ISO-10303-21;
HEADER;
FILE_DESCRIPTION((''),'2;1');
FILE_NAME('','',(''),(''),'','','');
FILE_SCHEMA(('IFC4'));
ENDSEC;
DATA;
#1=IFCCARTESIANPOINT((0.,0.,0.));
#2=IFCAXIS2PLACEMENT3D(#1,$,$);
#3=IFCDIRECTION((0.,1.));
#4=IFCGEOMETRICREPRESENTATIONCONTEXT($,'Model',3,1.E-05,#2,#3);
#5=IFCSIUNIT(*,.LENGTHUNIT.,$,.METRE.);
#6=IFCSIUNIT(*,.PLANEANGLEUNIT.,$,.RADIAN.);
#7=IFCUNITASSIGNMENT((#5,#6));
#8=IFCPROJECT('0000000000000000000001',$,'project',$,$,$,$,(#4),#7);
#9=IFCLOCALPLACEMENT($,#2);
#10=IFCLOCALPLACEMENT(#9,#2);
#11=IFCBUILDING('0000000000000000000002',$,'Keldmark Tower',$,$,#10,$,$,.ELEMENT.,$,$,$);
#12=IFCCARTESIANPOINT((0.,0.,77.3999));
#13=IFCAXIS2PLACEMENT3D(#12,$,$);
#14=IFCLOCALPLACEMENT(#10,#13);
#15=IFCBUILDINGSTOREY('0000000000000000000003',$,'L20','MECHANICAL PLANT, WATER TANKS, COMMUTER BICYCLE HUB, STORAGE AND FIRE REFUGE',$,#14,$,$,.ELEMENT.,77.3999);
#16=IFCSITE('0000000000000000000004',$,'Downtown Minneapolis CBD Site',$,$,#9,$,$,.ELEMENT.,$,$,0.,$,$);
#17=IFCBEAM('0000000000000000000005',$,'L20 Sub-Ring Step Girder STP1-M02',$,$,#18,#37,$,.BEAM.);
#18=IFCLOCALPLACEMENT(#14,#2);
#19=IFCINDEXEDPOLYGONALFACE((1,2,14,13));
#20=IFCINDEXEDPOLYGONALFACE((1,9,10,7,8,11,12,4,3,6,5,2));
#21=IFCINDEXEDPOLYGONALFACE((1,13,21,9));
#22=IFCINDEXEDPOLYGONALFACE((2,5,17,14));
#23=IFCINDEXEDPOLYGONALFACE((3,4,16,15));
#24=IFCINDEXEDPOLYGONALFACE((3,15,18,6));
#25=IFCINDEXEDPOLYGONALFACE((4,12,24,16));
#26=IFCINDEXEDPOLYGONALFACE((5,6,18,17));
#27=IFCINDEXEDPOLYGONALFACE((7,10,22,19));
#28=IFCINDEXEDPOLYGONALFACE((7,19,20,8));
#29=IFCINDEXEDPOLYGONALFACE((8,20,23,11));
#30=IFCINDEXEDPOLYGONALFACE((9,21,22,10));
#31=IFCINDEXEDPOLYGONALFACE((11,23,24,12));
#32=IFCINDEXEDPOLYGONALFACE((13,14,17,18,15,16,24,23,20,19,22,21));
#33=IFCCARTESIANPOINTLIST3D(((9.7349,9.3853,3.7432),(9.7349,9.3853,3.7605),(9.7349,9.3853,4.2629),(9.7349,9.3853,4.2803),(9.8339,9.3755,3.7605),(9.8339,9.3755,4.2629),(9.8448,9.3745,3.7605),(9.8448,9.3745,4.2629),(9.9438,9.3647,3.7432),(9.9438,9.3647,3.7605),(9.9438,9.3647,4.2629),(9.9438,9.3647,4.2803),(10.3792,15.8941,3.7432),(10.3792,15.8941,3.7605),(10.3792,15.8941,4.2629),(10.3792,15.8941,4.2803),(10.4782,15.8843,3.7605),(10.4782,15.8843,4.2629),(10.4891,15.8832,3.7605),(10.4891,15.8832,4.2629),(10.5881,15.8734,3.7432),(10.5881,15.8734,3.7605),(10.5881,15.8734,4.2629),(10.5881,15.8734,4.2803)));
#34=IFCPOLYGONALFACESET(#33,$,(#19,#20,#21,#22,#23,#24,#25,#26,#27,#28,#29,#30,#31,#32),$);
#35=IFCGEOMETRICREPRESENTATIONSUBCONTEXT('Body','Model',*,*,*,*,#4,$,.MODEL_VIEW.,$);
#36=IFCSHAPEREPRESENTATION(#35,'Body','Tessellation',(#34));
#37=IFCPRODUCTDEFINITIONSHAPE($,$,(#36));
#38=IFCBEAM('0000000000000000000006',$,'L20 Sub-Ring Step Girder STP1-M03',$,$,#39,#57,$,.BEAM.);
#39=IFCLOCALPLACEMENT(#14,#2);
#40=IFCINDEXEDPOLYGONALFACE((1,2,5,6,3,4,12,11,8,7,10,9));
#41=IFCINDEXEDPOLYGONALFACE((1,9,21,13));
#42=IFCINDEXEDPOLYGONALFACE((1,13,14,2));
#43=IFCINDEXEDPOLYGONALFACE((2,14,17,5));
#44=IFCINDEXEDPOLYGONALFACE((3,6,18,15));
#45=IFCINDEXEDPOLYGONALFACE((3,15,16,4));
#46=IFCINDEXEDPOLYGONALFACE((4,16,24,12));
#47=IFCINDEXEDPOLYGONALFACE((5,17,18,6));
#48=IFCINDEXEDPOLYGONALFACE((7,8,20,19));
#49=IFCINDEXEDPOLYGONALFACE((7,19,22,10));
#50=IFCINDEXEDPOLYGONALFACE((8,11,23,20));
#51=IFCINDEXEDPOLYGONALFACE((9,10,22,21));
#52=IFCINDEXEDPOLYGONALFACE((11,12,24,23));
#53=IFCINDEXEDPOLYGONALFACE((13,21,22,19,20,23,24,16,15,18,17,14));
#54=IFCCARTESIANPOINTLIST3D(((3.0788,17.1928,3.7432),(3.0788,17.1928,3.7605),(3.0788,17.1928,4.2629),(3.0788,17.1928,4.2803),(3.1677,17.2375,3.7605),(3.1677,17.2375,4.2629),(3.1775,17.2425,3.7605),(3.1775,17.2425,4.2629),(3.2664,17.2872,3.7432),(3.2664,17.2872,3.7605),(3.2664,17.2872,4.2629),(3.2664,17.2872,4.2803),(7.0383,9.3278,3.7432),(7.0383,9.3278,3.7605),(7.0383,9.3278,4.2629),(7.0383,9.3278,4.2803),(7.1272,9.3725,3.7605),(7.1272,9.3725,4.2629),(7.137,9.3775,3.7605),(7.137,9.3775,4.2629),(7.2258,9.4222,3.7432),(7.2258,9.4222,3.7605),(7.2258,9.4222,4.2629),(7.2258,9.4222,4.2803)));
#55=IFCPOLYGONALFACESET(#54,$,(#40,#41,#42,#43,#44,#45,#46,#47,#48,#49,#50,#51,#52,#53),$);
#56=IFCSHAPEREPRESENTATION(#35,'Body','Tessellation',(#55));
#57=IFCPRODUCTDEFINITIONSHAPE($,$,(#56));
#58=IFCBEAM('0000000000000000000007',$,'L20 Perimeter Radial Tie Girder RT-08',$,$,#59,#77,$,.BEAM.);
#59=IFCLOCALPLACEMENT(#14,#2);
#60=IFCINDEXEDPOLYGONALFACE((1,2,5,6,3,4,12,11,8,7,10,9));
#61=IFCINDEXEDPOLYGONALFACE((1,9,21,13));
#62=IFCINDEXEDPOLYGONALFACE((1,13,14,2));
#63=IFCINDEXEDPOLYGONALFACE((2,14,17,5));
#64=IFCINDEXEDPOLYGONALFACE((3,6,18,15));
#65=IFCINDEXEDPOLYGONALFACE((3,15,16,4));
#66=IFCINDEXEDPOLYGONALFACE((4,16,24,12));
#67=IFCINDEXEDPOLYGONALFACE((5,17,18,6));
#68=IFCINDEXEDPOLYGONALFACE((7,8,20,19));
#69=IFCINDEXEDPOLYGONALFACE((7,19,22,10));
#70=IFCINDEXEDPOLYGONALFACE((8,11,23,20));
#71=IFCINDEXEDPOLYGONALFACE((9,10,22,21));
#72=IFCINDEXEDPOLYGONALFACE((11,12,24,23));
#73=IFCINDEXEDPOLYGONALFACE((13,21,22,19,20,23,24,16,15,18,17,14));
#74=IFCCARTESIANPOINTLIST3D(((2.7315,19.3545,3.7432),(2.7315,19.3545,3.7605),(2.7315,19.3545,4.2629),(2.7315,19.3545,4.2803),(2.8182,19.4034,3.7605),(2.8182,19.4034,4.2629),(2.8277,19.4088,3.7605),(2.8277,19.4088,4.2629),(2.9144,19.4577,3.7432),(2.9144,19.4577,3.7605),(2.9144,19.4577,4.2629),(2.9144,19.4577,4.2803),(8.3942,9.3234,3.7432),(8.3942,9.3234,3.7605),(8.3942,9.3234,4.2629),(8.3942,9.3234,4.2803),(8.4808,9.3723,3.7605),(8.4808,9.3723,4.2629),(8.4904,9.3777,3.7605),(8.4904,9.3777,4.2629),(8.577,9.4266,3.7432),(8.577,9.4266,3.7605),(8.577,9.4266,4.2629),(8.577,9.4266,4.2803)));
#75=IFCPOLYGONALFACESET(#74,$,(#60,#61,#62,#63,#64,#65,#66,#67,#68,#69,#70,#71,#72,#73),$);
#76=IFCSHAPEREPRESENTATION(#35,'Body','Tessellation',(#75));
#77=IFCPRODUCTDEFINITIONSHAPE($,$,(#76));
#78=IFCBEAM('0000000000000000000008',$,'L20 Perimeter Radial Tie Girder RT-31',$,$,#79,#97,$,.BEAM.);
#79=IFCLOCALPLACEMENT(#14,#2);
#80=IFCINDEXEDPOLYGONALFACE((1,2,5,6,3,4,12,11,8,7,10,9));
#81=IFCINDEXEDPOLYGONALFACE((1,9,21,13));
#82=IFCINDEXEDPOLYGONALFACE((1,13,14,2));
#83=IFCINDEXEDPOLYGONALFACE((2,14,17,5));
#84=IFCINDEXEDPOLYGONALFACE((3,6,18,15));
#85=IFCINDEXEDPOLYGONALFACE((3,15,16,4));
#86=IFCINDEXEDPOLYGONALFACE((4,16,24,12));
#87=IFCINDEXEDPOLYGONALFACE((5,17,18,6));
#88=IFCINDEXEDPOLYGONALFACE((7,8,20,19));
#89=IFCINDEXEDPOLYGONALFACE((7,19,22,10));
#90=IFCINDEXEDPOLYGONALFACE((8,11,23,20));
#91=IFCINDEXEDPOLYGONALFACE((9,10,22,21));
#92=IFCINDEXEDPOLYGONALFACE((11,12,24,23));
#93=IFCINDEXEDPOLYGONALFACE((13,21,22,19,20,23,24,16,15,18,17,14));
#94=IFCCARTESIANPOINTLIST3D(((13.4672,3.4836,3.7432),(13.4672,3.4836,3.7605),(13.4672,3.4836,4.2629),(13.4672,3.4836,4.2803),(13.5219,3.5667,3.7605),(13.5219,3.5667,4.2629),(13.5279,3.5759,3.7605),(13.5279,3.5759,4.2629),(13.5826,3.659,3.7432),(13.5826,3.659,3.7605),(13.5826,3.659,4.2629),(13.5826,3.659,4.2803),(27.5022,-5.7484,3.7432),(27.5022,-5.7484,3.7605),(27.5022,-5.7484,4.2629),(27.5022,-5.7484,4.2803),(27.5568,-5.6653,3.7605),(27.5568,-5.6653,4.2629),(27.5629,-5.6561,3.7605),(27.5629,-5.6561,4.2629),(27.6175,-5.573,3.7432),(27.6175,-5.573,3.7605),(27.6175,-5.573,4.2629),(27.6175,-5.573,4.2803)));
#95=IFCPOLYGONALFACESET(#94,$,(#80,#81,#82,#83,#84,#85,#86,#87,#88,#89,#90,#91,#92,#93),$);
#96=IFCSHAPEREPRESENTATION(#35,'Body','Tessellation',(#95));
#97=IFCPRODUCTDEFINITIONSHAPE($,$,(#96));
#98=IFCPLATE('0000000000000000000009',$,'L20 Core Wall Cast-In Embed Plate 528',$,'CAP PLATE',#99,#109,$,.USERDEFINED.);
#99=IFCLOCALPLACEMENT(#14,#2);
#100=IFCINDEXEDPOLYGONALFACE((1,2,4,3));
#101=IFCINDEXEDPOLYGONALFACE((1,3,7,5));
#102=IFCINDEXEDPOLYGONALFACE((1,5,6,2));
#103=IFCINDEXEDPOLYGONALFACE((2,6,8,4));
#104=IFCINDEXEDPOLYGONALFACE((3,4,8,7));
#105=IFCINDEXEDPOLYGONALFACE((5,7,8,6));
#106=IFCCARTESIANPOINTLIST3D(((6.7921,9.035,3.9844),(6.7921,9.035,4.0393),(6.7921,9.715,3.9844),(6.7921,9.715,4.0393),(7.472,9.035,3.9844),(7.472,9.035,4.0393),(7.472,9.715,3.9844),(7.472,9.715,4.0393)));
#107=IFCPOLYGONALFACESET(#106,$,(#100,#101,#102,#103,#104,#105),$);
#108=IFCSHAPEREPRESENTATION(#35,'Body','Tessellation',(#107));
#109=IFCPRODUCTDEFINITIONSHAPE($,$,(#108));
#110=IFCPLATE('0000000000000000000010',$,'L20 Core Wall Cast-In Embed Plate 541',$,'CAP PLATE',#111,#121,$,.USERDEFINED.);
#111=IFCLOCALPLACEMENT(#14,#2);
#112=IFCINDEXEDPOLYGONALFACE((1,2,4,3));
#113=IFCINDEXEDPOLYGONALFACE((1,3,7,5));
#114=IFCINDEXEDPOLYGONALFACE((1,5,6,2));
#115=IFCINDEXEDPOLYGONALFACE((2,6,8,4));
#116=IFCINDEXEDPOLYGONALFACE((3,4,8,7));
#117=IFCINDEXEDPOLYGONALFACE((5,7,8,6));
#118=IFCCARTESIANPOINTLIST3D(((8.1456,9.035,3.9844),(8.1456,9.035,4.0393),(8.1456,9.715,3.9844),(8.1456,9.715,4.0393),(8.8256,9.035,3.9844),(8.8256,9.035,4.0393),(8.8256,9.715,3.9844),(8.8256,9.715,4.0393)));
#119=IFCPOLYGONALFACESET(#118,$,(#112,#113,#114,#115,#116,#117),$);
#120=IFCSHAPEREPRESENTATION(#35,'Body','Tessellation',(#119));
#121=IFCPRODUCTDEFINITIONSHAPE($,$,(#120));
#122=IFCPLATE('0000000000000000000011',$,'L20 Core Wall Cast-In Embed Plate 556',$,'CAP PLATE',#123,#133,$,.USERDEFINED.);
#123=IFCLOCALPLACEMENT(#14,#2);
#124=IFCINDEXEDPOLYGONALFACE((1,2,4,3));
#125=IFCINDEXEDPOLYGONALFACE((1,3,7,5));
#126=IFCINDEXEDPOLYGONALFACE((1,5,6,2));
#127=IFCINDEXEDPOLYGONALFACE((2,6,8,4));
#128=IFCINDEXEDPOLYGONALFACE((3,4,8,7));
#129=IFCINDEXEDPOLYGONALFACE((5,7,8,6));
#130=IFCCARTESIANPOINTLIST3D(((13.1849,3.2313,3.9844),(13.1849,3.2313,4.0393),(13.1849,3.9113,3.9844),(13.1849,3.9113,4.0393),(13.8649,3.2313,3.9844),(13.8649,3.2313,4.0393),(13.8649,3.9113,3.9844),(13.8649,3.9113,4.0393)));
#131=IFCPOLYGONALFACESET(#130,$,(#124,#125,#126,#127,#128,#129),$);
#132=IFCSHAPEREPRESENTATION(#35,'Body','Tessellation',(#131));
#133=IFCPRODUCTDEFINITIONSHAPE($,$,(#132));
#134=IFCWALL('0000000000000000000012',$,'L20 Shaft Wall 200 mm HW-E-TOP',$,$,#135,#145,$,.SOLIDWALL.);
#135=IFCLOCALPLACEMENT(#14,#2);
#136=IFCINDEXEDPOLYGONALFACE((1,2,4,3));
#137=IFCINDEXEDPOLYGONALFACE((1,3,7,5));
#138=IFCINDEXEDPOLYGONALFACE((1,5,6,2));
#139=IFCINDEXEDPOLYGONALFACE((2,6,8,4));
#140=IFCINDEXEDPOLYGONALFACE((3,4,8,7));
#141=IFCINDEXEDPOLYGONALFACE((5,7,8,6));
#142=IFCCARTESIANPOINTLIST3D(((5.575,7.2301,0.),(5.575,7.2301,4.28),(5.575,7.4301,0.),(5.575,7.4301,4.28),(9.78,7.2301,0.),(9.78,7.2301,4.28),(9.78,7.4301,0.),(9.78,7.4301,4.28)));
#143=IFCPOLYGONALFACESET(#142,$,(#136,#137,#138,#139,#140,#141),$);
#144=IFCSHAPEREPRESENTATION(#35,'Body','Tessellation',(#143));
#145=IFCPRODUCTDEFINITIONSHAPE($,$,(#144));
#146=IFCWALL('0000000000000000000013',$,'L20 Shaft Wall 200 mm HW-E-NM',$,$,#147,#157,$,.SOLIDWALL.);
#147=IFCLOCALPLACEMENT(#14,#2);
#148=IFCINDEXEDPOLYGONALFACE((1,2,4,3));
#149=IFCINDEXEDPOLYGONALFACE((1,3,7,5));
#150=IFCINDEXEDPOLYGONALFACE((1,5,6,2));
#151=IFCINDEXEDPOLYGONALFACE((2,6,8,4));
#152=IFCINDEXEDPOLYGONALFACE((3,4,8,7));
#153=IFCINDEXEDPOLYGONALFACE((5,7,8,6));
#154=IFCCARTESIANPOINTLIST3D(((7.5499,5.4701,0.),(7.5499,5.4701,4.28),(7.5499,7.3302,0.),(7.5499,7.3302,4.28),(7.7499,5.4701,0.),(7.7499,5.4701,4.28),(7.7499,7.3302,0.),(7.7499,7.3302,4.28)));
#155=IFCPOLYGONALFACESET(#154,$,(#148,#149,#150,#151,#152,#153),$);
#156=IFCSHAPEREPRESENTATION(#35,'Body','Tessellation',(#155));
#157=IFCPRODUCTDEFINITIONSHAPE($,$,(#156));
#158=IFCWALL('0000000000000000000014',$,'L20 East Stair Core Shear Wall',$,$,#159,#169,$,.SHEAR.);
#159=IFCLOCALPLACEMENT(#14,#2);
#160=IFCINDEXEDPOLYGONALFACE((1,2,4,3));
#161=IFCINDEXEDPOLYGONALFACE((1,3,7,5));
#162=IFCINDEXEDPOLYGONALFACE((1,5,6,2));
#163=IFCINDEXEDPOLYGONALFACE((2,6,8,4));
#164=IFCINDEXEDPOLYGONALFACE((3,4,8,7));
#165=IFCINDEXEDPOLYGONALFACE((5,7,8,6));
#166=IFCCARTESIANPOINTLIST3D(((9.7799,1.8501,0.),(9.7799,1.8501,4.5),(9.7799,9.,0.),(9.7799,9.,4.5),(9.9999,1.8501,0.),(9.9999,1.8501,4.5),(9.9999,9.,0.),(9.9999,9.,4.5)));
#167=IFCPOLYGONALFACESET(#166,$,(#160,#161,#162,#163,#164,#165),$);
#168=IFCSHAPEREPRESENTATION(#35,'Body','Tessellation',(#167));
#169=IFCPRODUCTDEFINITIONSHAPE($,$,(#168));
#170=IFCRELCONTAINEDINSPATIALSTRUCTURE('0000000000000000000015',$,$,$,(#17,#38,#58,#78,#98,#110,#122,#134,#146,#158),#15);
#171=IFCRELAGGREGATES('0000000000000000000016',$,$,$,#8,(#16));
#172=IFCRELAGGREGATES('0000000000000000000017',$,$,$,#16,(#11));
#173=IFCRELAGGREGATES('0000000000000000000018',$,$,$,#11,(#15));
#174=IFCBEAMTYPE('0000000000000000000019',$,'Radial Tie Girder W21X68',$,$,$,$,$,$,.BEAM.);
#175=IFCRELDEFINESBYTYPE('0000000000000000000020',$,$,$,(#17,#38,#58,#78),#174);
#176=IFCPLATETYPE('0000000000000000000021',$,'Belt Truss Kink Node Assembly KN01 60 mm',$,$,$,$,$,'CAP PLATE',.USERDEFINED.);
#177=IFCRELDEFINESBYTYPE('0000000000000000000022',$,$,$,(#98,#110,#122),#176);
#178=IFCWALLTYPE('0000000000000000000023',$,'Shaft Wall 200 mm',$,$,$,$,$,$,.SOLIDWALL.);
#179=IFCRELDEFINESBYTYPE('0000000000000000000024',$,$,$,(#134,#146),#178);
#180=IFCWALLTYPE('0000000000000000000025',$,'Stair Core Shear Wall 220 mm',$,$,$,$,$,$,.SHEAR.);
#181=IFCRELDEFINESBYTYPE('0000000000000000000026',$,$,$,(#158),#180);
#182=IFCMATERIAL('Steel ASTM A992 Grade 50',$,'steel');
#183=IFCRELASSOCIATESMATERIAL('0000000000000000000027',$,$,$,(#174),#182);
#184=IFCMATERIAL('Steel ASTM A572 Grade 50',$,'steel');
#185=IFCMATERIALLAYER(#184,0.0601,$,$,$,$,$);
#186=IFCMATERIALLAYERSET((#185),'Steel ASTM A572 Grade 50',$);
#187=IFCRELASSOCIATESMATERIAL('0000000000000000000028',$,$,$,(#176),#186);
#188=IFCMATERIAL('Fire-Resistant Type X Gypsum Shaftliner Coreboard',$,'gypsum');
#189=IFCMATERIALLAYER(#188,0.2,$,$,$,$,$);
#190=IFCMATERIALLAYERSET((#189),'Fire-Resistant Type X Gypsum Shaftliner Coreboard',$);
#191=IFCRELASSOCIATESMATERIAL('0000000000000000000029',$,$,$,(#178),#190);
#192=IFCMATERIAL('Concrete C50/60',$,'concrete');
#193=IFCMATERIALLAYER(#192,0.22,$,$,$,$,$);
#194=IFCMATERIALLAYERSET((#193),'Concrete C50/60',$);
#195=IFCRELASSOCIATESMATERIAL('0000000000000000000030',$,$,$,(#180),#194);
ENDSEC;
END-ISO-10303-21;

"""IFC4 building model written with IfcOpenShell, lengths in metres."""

from ifc_helpers import new_model, si_unit, direction, frame, frame_2d, origin, origin_2d, place, context, subcontext, project, spatial, rectangle, i_section, extrude, material, layer, layer_set, material_profile, profile_set, type_object, element, save


model = new_model("IFC4")

# Units and contexts
model_context = context("Model", 3, precision=1e-05, world=origin(), true_north=direction((0.0, 1.0)))
body_context = subcontext(model_context, "Body", "Model", "MODEL_VIEW")
ifc_project = project(units=[si_unit("LENGTHUNIT", "METRE"), si_unit("PLANEANGLEUNIT", "RADIAN")], contexts=[model_context])

# Site, building, storey
site_placement = place(None, origin())
site = spatial("IfcSite", under=ifc_project, at=site_placement, Name="Downtown Minneapolis CBD Site", CompositionType="ELEMENT", RefElevation=0.0)
building_placement = place(site_placement, origin())
building = spatial("IfcBuilding", under=site, at=building_placement, Name="Keldmark Tower", CompositionType="ELEMENT")
storey_placement = place(building_placement, frame((0.0, 0.0, 77.3999)))
storey = spatial("IfcBuildingStorey", under=building, at=storey_placement, Name="L20", Description="MECHANICAL PLANT, WATER TANKS, COMMUTER BICYCLE HUB, STORAGE AND FIRE REFUGE", CompositionType="ELEMENT", Elevation=77.3999)

# Beams
ifc_material_1 = material(Name="Steel ASTM A992 Grade 50", Category="steel")
ifc_material_profile = material_profile(ifc_material_1, i_section(OverallWidth=0.21, OverallDepth=0.5371, WebThickness=0.011, FlangeThickness=0.0173, at=origin_2d()), Name="W21X68")
ifc_profile_set = profile_set([ifc_material_profile], Name="Steel ASTM A992 Grade 50")
beam_type = type_object("IfcBeamType", Name="Radial Tie Girder W21X68", PredefinedType="BEAM", material=ifc_profile_set)
beam_1_placement = place(storey_placement, frame((9.8394, 9.375, 4.0117), z_axis=(0.098506, 0.995136, 0.0), x_axis=(-0.995136, 0.098506, 0.0)))
element("IfcBeam", 1, at=beam_1_placement, inside=storey, type_object=beam_type, Name="L20 Sub-Ring Step Girder STP1-M02", PredefinedType="BEAM", context=body_context, shape_type="SweptSolid", body=[
    extrude(i_section(OverallWidth=0.21, OverallDepth=0.5371, WebThickness=0.011, FlangeThickness=0.0173, at=origin_2d()), origin(), (0.0, 0.0, 1.0), 6.5405),
])
beam_2_placement = place(storey_placement, frame((7.1321, 9.375, 4.0117), z_axis=(-0.449663, 0.893198, 0.0), x_axis=(-0.893198, -0.449663, 0.0)))
element("IfcBeam", 2, at=beam_2_placement, inside=storey, type_object=beam_type, Name="L20 Sub-Ring Step Girder STP1-M03", PredefinedType="BEAM", context=body_context, shape_type="SweptSolid", body=[
    extrude(i_section(OverallWidth=0.21, OverallDepth=0.5371, WebThickness=0.011, FlangeThickness=0.0173, at=origin_2d()), origin(), (0.0, 0.0, 1.0), 8.8054),
])
beam_3_placement = place(storey_placement, frame((8.4856, 9.375, 4.0117), z_axis=(-0.49159, 0.870827, 0.0), x_axis=(-0.870827, -0.49159, 0.0)))
element("IfcBeam", 3, at=beam_3_placement, inside=storey, type_object=beam_type, Name="L20 Perimeter Radial Tie Girder RT-08", PredefinedType="BEAM", context=body_context, shape_type="SweptSolid", body=[
    extrude(i_section(OverallWidth=0.21, OverallDepth=0.5371, WebThickness=0.011, FlangeThickness=0.0173, at=origin_2d()), origin(), (0.0, 0.0, 1.0), 11.519),
])
beam_4_placement = place(storey_placement, frame((13.5249, 3.5713, 4.0117), z_axis=(0.83546, -0.549552, 0.0), x_axis=(0.549552, 0.83546, 0.0)))
element("IfcBeam", 4, at=beam_4_placement, inside=storey, type_object=beam_type, Name="L20 Perimeter Radial Tie Girder RT-31", PredefinedType="BEAM", context=body_context, shape_type="SweptSolid", body=[
    extrude(i_section(OverallWidth=0.21, OverallDepth=0.5371, WebThickness=0.011, FlangeThickness=0.0173, at=origin_2d()), origin(), (0.0, 0.0, 1.0), 16.7991),
])

# Plates
ifc_material_2 = material(Name="Steel ASTM A572 Grade 50", Category="steel")
ifc_layer_1 = layer(ifc_material_2, 0.0601)
ifc_layer_set_1 = layer_set([ifc_layer_1], Name="Steel ASTM A572 Grade 50")
plate_type = type_object("IfcPlateType", Name="Belt Truss Kink Node Assembly KN01 60 mm", ElementType="CAP PLATE", PredefinedType="USERDEFINED", material=ifc_layer_set_1)
for number, where, z_axis, x_axis, name in (
    (5, (7.1321, 9.375, 3.9844), (0.0, 0.0, 1.0), (1.0, 0.0, 0.0), "L20 Core Wall Cast-In Embed Plate 528"),
    (6, (8.4856, 9.375, 3.9844), (0.0, 0.0, 1.0), (1.0, 0.0, 0.0), "L20 Core Wall Cast-In Embed Plate 541"),
    (7, (13.5249, 3.5713, 3.9844), (0.0, 0.0, 1.0), (1.0, 0.0, 0.0), "L20 Core Wall Cast-In Embed Plate 556"),
):
    element("IfcPlate", number, at=place(storey_placement, frame(where, z_axis=z_axis, x_axis=x_axis)), inside=storey, type_object=plate_type, Name=name, ObjectType="CAP PLATE", PredefinedType="USERDEFINED", context=body_context, shape_type="SweptSolid", body=[
        extrude(rectangle(XDim=0.6799, YDim=0.6799, at=origin_2d()), origin(), (0.0, 0.0, 1.0), 0.0549),
    ])

# Walls
ifc_material_3 = material(Name="Fire-Resistant Type X Gypsum Shaftliner Coreboard", Category="gypsum")
ifc_layer_2 = layer(ifc_material_3, 0.2)
ifc_layer_set_2 = layer_set([ifc_layer_2], Name="Fire-Resistant Type X Gypsum Shaftliner Coreboard")
wall_type_1 = type_object("IfcWallType", Name="Shaft Wall 200 mm", PredefinedType="SOLIDWALL", material=ifc_layer_set_2)
wall_1_placement = place(storey_placement, frame((5.575, 7.3301, 0.0), z_axis=(0.0, 0.0, 1.0), x_axis=(1.0, 0.0, 0.0)))
element("IfcWall", 8, at=wall_1_placement, inside=storey, type_object=wall_type_1, Name="L20 Shaft Wall 200 mm HW-E-TOP", PredefinedType="SOLIDWALL", context=body_context, shape_type="SweptSolid", body=[
    extrude(rectangle(XDim=4.2051, YDim=0.2, at=frame_2d((2.1025, 0.0))), origin(), (0.0, 0.0, 1.0), 4.28),
])
wall_2_placement = place(storey_placement, frame((7.6499, 5.47, 0.0), z_axis=(0.0, 0.0, 1.0), x_axis=(0.0, 1.0, 0.0)))
element("IfcWall", 9, at=wall_2_placement, inside=storey, type_object=wall_type_1, Name="L20 Shaft Wall 200 mm HW-E-NM", PredefinedType="SOLIDWALL", context=body_context, shape_type="SweptSolid", body=[
    extrude(rectangle(XDim=1.8601, YDim=0.2, at=frame_2d((0.9302, 0.0))), origin(), (0.0, 0.0, 1.0), 4.28),
])
ifc_material_4 = material(Name="Concrete C50/60", Category="concrete")
ifc_layer_3 = layer(ifc_material_4, 0.22)
ifc_layer_set_3 = layer_set([ifc_layer_3], Name="Concrete C50/60")
wall_type_2 = type_object("IfcWallType", Name="Stair Core Shear Wall 220 mm", PredefinedType="SHEAR", material=ifc_layer_set_3)
wall_3_placement = place(storey_placement, frame((9.8899, 1.8501, 0.0), z_axis=(0.0, 0.0, 1.0), x_axis=(0.0, 1.0, 0.0)))
element("IfcWall", 10, at=wall_3_placement, inside=storey, type_object=wall_type_2, Name="L20 East Stair Core Shear Wall", PredefinedType="SHEAR", context=body_context, shape_type="SweptSolid", body=[
    extrude(rectangle(XDim=7.1499, YDim=0.22, at=frame_2d((3.575, 0.0))), origin(), (0.0, 0.0, 1.0), 4.5),
])

save(model, "model.ifc")
